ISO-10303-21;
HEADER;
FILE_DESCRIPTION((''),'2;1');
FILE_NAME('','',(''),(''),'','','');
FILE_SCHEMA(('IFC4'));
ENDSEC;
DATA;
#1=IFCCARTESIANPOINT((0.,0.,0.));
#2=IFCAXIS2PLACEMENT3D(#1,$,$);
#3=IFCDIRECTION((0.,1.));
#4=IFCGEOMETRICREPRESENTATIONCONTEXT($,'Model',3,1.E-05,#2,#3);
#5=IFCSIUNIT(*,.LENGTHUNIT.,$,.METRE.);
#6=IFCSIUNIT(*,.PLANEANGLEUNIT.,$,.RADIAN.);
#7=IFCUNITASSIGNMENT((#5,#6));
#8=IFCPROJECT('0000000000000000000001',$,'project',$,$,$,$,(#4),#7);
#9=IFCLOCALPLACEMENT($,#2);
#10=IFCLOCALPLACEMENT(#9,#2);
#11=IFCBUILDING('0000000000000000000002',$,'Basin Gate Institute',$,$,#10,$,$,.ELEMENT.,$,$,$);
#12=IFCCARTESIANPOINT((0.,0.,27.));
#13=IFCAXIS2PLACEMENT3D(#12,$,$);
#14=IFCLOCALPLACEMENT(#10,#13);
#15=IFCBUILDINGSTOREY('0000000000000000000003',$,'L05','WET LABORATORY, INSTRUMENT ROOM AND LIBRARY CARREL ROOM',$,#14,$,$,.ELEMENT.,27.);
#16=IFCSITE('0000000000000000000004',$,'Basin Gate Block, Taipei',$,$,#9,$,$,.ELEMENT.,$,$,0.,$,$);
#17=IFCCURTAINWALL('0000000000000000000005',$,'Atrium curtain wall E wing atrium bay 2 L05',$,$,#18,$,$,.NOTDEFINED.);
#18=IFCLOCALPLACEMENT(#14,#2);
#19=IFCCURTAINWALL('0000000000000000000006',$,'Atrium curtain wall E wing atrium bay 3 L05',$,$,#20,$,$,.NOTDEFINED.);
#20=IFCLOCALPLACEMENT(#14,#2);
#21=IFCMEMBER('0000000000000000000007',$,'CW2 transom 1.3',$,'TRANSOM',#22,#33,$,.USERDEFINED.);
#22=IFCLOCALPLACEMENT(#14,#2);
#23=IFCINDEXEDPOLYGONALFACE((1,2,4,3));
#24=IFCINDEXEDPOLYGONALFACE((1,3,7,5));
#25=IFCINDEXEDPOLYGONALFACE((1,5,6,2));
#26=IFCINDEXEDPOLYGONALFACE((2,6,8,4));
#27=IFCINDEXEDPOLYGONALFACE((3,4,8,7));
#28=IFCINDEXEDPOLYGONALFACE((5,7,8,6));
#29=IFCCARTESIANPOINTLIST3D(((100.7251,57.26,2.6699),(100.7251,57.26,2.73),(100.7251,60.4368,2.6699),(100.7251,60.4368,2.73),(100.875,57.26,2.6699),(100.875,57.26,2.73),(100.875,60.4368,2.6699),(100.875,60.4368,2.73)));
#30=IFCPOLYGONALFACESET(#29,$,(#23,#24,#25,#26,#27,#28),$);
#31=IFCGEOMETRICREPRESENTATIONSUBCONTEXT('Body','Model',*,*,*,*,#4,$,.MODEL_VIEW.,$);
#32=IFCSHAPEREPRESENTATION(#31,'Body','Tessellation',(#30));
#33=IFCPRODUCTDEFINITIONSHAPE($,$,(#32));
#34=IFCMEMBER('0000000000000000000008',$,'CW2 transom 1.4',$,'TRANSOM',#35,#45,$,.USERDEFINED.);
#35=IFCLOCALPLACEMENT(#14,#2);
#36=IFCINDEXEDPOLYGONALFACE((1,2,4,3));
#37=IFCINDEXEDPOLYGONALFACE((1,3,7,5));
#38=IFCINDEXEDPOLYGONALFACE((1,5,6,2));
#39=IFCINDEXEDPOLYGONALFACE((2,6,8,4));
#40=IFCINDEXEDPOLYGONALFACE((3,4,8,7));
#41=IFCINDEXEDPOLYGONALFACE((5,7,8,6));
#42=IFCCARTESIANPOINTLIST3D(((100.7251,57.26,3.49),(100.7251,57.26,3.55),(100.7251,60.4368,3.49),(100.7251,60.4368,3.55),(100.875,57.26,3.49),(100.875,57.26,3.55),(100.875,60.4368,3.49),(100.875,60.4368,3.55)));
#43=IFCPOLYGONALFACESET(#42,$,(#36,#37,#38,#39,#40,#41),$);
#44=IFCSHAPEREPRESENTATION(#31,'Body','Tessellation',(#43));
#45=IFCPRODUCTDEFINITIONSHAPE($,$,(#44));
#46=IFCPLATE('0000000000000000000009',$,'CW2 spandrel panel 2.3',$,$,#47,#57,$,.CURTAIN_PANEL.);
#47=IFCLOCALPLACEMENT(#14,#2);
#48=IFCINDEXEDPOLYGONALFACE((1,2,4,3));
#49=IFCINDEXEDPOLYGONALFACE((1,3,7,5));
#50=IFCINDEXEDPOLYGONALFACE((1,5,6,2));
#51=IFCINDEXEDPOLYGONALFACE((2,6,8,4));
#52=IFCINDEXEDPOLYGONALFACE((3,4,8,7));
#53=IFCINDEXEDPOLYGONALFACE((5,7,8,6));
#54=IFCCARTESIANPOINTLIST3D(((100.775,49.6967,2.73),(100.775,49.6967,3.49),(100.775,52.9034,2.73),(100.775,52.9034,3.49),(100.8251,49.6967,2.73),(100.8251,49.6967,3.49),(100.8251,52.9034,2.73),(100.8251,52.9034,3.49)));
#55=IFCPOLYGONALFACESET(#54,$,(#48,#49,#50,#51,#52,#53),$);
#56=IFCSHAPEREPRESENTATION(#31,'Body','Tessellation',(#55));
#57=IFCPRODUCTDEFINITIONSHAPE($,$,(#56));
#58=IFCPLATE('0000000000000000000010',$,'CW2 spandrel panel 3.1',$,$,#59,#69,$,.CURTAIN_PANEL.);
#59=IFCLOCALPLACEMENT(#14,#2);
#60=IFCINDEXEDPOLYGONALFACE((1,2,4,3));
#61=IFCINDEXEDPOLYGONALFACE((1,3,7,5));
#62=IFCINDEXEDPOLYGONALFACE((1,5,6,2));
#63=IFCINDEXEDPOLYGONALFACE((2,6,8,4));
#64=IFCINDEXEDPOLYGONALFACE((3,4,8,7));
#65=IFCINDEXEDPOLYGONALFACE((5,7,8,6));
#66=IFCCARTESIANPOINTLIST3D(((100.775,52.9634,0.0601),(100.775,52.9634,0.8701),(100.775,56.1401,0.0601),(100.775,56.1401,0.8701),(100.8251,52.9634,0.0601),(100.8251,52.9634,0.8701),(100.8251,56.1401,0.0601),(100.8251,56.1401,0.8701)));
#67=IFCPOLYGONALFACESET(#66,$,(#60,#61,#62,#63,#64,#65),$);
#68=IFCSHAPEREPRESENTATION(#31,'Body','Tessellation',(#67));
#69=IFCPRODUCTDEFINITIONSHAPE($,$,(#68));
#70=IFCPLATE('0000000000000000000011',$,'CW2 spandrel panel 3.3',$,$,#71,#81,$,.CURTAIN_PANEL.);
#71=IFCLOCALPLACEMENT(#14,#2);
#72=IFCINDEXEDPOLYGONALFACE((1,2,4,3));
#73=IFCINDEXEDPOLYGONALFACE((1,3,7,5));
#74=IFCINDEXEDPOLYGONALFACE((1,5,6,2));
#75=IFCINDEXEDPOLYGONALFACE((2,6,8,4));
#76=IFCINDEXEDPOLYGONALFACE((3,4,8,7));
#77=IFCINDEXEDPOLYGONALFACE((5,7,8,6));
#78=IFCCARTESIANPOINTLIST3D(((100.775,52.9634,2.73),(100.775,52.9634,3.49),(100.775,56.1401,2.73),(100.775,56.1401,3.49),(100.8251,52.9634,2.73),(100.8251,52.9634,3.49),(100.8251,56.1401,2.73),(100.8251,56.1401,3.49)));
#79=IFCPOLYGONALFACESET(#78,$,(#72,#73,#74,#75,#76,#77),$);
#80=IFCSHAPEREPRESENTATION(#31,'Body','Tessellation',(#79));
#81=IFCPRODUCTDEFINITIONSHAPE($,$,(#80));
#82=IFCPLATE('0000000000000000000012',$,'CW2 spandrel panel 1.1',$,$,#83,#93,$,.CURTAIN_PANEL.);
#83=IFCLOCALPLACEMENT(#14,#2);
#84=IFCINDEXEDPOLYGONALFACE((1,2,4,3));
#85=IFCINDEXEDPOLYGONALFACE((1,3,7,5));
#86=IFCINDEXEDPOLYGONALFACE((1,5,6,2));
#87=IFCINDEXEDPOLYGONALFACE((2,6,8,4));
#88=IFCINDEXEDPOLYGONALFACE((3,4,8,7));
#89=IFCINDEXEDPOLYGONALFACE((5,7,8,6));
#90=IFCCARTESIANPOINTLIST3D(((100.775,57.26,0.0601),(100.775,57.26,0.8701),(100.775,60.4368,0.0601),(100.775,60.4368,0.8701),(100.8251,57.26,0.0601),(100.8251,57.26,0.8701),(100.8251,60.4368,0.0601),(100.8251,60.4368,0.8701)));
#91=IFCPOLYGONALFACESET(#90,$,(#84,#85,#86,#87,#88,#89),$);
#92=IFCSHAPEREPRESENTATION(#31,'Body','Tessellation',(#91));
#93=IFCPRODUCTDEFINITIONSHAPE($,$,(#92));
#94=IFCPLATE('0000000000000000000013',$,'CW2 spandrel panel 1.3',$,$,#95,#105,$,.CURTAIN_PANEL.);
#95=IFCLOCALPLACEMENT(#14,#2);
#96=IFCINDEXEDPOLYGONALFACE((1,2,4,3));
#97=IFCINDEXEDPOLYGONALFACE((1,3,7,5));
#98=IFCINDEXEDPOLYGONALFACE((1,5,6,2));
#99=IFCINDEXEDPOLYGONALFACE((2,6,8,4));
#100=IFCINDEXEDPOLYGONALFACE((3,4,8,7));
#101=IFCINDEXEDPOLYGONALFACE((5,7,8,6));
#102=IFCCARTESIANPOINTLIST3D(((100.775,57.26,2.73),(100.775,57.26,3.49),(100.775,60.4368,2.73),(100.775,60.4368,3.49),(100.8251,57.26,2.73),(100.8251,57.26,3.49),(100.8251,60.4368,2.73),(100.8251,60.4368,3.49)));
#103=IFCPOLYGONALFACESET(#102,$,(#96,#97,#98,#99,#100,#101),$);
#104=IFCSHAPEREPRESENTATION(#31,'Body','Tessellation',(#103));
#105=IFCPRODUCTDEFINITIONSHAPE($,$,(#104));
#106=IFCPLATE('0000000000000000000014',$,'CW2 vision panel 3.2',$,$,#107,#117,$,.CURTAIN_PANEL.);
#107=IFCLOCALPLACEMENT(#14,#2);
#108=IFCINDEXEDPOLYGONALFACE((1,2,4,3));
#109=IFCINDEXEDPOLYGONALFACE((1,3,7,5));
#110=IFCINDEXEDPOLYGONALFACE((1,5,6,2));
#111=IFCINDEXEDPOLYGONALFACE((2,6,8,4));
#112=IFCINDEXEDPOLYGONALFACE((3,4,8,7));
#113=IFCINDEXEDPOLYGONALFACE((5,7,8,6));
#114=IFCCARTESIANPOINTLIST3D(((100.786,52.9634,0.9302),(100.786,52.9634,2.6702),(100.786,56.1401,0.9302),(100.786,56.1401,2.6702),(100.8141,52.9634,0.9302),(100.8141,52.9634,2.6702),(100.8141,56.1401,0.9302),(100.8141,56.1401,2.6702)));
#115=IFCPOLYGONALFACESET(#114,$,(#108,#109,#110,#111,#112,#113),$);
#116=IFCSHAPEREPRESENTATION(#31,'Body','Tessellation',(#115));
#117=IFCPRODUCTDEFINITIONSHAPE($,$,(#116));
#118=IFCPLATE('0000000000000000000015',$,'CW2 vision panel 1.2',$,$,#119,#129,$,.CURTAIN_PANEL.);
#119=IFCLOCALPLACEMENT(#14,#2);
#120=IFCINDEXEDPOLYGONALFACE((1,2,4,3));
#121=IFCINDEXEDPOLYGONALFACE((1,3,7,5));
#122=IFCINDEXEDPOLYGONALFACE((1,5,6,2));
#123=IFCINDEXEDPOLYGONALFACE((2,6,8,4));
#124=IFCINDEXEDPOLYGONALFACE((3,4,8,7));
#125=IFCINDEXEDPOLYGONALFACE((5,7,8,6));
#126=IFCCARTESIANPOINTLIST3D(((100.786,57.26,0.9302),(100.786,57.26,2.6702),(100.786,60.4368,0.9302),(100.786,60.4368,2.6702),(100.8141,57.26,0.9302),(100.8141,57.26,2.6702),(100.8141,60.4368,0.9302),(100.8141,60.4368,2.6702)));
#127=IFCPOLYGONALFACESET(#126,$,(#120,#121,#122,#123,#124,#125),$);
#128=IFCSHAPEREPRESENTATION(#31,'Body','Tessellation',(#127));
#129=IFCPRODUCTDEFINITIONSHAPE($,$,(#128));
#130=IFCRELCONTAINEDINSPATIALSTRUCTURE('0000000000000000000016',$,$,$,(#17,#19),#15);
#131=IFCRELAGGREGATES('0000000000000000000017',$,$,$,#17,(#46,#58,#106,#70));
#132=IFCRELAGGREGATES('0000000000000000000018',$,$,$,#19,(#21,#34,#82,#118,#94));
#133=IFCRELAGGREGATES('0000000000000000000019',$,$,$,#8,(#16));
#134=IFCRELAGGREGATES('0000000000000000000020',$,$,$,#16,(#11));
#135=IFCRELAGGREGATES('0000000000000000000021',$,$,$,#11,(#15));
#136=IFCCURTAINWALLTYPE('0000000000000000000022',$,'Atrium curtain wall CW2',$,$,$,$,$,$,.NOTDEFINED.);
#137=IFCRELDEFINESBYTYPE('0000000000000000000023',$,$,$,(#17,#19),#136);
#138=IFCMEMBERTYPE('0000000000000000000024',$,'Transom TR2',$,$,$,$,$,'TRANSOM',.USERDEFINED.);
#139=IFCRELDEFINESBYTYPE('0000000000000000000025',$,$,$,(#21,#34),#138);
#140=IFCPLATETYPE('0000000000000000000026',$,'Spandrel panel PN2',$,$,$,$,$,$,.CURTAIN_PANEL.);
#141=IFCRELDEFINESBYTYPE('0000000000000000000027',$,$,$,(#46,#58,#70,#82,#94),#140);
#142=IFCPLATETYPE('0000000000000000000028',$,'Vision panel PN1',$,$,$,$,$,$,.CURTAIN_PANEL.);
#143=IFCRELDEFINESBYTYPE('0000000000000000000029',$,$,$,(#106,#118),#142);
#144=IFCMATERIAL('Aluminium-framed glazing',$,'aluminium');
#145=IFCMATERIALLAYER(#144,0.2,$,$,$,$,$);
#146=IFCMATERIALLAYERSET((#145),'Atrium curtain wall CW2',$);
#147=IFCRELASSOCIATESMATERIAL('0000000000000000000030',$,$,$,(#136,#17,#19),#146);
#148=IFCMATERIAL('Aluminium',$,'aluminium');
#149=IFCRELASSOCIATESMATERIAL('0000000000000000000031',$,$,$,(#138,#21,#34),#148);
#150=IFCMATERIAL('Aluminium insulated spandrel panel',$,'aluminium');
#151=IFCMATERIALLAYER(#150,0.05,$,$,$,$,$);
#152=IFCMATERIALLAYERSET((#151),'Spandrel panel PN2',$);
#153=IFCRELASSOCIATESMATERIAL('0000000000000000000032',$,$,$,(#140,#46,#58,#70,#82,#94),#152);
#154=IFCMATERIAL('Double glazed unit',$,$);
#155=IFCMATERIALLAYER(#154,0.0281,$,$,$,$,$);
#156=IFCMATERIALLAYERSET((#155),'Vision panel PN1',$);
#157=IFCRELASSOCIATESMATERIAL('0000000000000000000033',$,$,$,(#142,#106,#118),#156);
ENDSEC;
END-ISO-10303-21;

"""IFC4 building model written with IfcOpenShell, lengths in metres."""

from ifc_helpers import new_model, si_unit, direction, frame, origin, origin_2d, place, context, subcontext, project, spatial, rectangle, extrude, material, layer, layer_set, material_profile, profile_set, type_object, element, aggregate, save


model = new_model("IFC4")

# Units and contexts
model_context = context("Model", 3, precision=1e-05, world=origin(), true_north=direction((0.0, 1.0)))
body_context = subcontext(model_context, "Body", "Model", "MODEL_VIEW")
ifc_project = project(units=[si_unit("LENGTHUNIT", "METRE"), si_unit("PLANEANGLEUNIT", "RADIAN")], contexts=[model_context])

# Site, building, storey
site_placement = place(None, origin())
site = spatial("IfcSite", under=ifc_project, at=site_placement, Name="Basin Gate Block, Taipei", CompositionType="ELEMENT", RefElevation=0.0)
building_placement = place(site_placement, origin())
building = spatial("IfcBuilding", under=site, at=building_placement, Name="Basin Gate Institute", CompositionType="ELEMENT")
storey_placement = place(building_placement, frame((0.0, 0.0, 27.0)))
storey = spatial("IfcBuildingStorey", under=building, at=storey_placement, Name="L05", Description="WET LABORATORY, INSTRUMENT ROOM AND LIBRARY CARREL ROOM", CompositionType="ELEMENT", Elevation=27.0)

# Curtain walls
ifc_material_1 = material(Name="Aluminium-framed glazing", Category="aluminium")
ifc_layer_1 = layer(ifc_material_1, 0.2)
ifc_layer_set_1 = layer_set([ifc_layer_1], Name="Atrium curtain wall CW2")
curtain_wall_type = type_object("IfcCurtainWallType", Name="Atrium curtain wall CW2", PredefinedType="NOTDEFINED", material=ifc_layer_set_1)
curtain_wall_1_placement = place(storey_placement, origin())
curtain_wall_1 = element("IfcCurtainWall", 1, at=curtain_wall_1_placement, inside=storey, type_object=curtain_wall_type, material=ifc_layer_set_1, Name="Atrium curtain wall E wing atrium bay 2 L05", PredefinedType="NOTDEFINED")
curtain_wall_2_placement = place(storey_placement, origin())
curtain_wall_2 = element("IfcCurtainWall", 2, at=curtain_wall_2_placement, inside=storey, type_object=curtain_wall_type, material=ifc_layer_set_1, Name="Atrium curtain wall E wing atrium bay 3 L05", PredefinedType="NOTDEFINED")

# Members
ifc_material_2 = material(Name="Aluminium", Category="aluminium")
ifc_material_profile_1 = material_profile(ifc_material_2, rectangle(XDim=0.1499, YDim=0.0601, at=origin_2d()), Name="Transom TR2 150 x 60")
ifc_profile_set_1 = profile_set([ifc_material_profile_1], Name="Aluminium")
member_type_1 = type_object("IfcMemberType", Name="Transom TR2", ElementType="TRANSOM", PredefinedType="USERDEFINED", material=ifc_profile_set_1)
member_1_placement = place(storey_placement, frame((100.8, 57.26, 2.7), z_axis=(0.0, 1.0, 0.0), x_axis=(-1.0, 0.0, 0.0)))
member_1 = element("IfcMember", 3, at=member_1_placement, type_object=member_type_1, material=ifc_profile_set_1, Name="CW2 transom 1.3", ObjectType="TRANSOM", PredefinedType="USERDEFINED", context=body_context, shape_type="SweptSolid", body=[
    extrude(rectangle(XDim=0.1499, YDim=0.0601, at=origin_2d()), origin(), (0.0, 0.0, 1.0), 3.1768),
])
member_2_placement = place(storey_placement, frame((100.8, 57.26, 3.52), z_axis=(0.0, 1.0, 0.0), x_axis=(-1.0, 0.0, 0.0)))
member_2 = element("IfcMember", 4, at=member_2_placement, type_object=member_type_1, material=ifc_profile_set_1, Name="CW2 transom 1.4", ObjectType="TRANSOM", PredefinedType="USERDEFINED", context=body_context, shape_type="SweptSolid", body=[
    extrude(rectangle(XDim=0.1499, YDim=0.0601, at=origin_2d()), origin(), (0.0, 0.0, 1.0), 3.1768),
])

# Plates
ifc_material_3 = material(Name="Aluminium insulated spandrel panel", Category="aluminium")
ifc_layer_2 = layer(ifc_material_3, 0.05)
ifc_layer_set_2 = layer_set([ifc_layer_2], Name="Spandrel panel PN2")
plate_type_1 = type_object("IfcPlateType", Name="Spandrel panel PN2", PredefinedType="CURTAIN_PANEL", material=ifc_layer_set_2)
plate_1_placement = place(storey_placement, frame((100.8, 51.3, 2.73), z_axis=(0.0, 0.0, 1.0), x_axis=(0.0, 1.0, 0.0)))
plate_1 = element("IfcPlate", 5, at=plate_1_placement, type_object=plate_type_1, material=ifc_layer_set_2, Name="CW2 spandrel panel 2.3", PredefinedType="CURTAIN_PANEL", context=body_context, shape_type="SweptSolid", body=[
    extrude(rectangle(XDim=3.2068, YDim=0.05, at=origin_2d()), origin(), (0.0, 0.0, 1.0), 0.76),
])
plate_2_placement = place(storey_placement, frame((100.8, 54.5518, 0.0601), z_axis=(0.0, 0.0, 1.0), x_axis=(0.0, 1.0, 0.0)))
plate_2 = element("IfcPlate", 6, at=plate_2_placement, type_object=plate_type_1, material=ifc_layer_set_2, Name="CW2 spandrel panel 3.1", PredefinedType="CURTAIN_PANEL", context=body_context, shape_type="SweptSolid", body=[
    extrude(rectangle(XDim=3.1768, YDim=0.05, at=origin_2d()), origin(), (0.0, 0.0, 1.0), 0.8101),
])
plate_3_placement = place(storey_placement, frame((100.8, 54.5518, 2.73), z_axis=(0.0, 0.0, 1.0), x_axis=(0.0, 1.0, 0.0)))
plate_3 = element("IfcPlate", 7, at=plate_3_placement, type_object=plate_type_1, material=ifc_layer_set_2, Name="CW2 spandrel panel 3.3", PredefinedType="CURTAIN_PANEL", context=body_context, shape_type="SweptSolid", body=[
    extrude(rectangle(XDim=3.1768, YDim=0.05, at=origin_2d()), origin(), (0.0, 0.0, 1.0), 0.76),
])
plate_4_placement = place(storey_placement, frame((100.8, 58.8484, 0.0601), z_axis=(0.0, 0.0, 1.0), x_axis=(0.0, 1.0, 0.0)))
plate_4 = element("IfcPlate", 8, at=plate_4_placement, type_object=plate_type_1, material=ifc_layer_set_2, Name="CW2 spandrel panel 1.1", PredefinedType="CURTAIN_PANEL", context=body_context, shape_type="SweptSolid", body=[
    extrude(rectangle(XDim=3.1768, YDim=0.05, at=origin_2d()), origin(), (0.0, 0.0, 1.0), 0.8101),
])
plate_5_placement = place(storey_placement, frame((100.8, 58.8484, 2.73), z_axis=(0.0, 0.0, 1.0), x_axis=(0.0, 1.0, 0.0)))
plate_5 = element("IfcPlate", 9, at=plate_5_placement, type_object=plate_type_1, material=ifc_layer_set_2, Name="CW2 spandrel panel 1.3", PredefinedType="CURTAIN_PANEL", context=body_context, shape_type="SweptSolid", body=[
    extrude(rectangle(XDim=3.1768, YDim=0.05, at=origin_2d()), origin(), (0.0, 0.0, 1.0), 0.76),
])
ifc_material_4 = material(Name="Double glazed unit")
ifc_layer_3 = layer(ifc_material_4, 0.0281)
ifc_layer_set_3 = layer_set([ifc_layer_3], Name="Vision panel PN1")
plate_type_2 = type_object("IfcPlateType", Name="Vision panel PN1", PredefinedType="CURTAIN_PANEL", material=ifc_layer_set_3)
plate_6_placement = place(storey_placement, frame((100.8, 54.5518, 0.9302), z_axis=(0.0, 0.0, 1.0), x_axis=(0.0, 1.0, 0.0)))
plate_6 = element("IfcPlate", 10, at=plate_6_placement, type_object=plate_type_2, material=ifc_layer_set_3, Name="CW2 vision panel 3.2", PredefinedType="CURTAIN_PANEL", context=body_context, shape_type="SweptSolid", body=[
    extrude(rectangle(XDim=3.1768, YDim=0.0281, at=origin_2d()), origin(), (0.0, 0.0, 1.0), 1.74),
])
aggregate(curtain_wall_1, [plate_1, plate_2, plate_6, plate_3])
plate_7_placement = place(storey_placement, frame((100.8, 58.8484, 0.9302), z_axis=(0.0, 0.0, 1.0), x_axis=(0.0, 1.0, 0.0)))
plate_7 = element("IfcPlate", 11, at=plate_7_placement, type_object=plate_type_2, material=ifc_layer_set_3, Name="CW2 vision panel 1.2", PredefinedType="CURTAIN_PANEL", context=body_context, shape_type="SweptSolid", body=[
    extrude(rectangle(XDim=3.1768, YDim=0.0281, at=origin_2d()), origin(), (0.0, 0.0, 1.0), 1.74),
])
aggregate(curtain_wall_2, [member_1, member_2, plate_4, plate_7, plate_5])

save(model, "model.ifc")
